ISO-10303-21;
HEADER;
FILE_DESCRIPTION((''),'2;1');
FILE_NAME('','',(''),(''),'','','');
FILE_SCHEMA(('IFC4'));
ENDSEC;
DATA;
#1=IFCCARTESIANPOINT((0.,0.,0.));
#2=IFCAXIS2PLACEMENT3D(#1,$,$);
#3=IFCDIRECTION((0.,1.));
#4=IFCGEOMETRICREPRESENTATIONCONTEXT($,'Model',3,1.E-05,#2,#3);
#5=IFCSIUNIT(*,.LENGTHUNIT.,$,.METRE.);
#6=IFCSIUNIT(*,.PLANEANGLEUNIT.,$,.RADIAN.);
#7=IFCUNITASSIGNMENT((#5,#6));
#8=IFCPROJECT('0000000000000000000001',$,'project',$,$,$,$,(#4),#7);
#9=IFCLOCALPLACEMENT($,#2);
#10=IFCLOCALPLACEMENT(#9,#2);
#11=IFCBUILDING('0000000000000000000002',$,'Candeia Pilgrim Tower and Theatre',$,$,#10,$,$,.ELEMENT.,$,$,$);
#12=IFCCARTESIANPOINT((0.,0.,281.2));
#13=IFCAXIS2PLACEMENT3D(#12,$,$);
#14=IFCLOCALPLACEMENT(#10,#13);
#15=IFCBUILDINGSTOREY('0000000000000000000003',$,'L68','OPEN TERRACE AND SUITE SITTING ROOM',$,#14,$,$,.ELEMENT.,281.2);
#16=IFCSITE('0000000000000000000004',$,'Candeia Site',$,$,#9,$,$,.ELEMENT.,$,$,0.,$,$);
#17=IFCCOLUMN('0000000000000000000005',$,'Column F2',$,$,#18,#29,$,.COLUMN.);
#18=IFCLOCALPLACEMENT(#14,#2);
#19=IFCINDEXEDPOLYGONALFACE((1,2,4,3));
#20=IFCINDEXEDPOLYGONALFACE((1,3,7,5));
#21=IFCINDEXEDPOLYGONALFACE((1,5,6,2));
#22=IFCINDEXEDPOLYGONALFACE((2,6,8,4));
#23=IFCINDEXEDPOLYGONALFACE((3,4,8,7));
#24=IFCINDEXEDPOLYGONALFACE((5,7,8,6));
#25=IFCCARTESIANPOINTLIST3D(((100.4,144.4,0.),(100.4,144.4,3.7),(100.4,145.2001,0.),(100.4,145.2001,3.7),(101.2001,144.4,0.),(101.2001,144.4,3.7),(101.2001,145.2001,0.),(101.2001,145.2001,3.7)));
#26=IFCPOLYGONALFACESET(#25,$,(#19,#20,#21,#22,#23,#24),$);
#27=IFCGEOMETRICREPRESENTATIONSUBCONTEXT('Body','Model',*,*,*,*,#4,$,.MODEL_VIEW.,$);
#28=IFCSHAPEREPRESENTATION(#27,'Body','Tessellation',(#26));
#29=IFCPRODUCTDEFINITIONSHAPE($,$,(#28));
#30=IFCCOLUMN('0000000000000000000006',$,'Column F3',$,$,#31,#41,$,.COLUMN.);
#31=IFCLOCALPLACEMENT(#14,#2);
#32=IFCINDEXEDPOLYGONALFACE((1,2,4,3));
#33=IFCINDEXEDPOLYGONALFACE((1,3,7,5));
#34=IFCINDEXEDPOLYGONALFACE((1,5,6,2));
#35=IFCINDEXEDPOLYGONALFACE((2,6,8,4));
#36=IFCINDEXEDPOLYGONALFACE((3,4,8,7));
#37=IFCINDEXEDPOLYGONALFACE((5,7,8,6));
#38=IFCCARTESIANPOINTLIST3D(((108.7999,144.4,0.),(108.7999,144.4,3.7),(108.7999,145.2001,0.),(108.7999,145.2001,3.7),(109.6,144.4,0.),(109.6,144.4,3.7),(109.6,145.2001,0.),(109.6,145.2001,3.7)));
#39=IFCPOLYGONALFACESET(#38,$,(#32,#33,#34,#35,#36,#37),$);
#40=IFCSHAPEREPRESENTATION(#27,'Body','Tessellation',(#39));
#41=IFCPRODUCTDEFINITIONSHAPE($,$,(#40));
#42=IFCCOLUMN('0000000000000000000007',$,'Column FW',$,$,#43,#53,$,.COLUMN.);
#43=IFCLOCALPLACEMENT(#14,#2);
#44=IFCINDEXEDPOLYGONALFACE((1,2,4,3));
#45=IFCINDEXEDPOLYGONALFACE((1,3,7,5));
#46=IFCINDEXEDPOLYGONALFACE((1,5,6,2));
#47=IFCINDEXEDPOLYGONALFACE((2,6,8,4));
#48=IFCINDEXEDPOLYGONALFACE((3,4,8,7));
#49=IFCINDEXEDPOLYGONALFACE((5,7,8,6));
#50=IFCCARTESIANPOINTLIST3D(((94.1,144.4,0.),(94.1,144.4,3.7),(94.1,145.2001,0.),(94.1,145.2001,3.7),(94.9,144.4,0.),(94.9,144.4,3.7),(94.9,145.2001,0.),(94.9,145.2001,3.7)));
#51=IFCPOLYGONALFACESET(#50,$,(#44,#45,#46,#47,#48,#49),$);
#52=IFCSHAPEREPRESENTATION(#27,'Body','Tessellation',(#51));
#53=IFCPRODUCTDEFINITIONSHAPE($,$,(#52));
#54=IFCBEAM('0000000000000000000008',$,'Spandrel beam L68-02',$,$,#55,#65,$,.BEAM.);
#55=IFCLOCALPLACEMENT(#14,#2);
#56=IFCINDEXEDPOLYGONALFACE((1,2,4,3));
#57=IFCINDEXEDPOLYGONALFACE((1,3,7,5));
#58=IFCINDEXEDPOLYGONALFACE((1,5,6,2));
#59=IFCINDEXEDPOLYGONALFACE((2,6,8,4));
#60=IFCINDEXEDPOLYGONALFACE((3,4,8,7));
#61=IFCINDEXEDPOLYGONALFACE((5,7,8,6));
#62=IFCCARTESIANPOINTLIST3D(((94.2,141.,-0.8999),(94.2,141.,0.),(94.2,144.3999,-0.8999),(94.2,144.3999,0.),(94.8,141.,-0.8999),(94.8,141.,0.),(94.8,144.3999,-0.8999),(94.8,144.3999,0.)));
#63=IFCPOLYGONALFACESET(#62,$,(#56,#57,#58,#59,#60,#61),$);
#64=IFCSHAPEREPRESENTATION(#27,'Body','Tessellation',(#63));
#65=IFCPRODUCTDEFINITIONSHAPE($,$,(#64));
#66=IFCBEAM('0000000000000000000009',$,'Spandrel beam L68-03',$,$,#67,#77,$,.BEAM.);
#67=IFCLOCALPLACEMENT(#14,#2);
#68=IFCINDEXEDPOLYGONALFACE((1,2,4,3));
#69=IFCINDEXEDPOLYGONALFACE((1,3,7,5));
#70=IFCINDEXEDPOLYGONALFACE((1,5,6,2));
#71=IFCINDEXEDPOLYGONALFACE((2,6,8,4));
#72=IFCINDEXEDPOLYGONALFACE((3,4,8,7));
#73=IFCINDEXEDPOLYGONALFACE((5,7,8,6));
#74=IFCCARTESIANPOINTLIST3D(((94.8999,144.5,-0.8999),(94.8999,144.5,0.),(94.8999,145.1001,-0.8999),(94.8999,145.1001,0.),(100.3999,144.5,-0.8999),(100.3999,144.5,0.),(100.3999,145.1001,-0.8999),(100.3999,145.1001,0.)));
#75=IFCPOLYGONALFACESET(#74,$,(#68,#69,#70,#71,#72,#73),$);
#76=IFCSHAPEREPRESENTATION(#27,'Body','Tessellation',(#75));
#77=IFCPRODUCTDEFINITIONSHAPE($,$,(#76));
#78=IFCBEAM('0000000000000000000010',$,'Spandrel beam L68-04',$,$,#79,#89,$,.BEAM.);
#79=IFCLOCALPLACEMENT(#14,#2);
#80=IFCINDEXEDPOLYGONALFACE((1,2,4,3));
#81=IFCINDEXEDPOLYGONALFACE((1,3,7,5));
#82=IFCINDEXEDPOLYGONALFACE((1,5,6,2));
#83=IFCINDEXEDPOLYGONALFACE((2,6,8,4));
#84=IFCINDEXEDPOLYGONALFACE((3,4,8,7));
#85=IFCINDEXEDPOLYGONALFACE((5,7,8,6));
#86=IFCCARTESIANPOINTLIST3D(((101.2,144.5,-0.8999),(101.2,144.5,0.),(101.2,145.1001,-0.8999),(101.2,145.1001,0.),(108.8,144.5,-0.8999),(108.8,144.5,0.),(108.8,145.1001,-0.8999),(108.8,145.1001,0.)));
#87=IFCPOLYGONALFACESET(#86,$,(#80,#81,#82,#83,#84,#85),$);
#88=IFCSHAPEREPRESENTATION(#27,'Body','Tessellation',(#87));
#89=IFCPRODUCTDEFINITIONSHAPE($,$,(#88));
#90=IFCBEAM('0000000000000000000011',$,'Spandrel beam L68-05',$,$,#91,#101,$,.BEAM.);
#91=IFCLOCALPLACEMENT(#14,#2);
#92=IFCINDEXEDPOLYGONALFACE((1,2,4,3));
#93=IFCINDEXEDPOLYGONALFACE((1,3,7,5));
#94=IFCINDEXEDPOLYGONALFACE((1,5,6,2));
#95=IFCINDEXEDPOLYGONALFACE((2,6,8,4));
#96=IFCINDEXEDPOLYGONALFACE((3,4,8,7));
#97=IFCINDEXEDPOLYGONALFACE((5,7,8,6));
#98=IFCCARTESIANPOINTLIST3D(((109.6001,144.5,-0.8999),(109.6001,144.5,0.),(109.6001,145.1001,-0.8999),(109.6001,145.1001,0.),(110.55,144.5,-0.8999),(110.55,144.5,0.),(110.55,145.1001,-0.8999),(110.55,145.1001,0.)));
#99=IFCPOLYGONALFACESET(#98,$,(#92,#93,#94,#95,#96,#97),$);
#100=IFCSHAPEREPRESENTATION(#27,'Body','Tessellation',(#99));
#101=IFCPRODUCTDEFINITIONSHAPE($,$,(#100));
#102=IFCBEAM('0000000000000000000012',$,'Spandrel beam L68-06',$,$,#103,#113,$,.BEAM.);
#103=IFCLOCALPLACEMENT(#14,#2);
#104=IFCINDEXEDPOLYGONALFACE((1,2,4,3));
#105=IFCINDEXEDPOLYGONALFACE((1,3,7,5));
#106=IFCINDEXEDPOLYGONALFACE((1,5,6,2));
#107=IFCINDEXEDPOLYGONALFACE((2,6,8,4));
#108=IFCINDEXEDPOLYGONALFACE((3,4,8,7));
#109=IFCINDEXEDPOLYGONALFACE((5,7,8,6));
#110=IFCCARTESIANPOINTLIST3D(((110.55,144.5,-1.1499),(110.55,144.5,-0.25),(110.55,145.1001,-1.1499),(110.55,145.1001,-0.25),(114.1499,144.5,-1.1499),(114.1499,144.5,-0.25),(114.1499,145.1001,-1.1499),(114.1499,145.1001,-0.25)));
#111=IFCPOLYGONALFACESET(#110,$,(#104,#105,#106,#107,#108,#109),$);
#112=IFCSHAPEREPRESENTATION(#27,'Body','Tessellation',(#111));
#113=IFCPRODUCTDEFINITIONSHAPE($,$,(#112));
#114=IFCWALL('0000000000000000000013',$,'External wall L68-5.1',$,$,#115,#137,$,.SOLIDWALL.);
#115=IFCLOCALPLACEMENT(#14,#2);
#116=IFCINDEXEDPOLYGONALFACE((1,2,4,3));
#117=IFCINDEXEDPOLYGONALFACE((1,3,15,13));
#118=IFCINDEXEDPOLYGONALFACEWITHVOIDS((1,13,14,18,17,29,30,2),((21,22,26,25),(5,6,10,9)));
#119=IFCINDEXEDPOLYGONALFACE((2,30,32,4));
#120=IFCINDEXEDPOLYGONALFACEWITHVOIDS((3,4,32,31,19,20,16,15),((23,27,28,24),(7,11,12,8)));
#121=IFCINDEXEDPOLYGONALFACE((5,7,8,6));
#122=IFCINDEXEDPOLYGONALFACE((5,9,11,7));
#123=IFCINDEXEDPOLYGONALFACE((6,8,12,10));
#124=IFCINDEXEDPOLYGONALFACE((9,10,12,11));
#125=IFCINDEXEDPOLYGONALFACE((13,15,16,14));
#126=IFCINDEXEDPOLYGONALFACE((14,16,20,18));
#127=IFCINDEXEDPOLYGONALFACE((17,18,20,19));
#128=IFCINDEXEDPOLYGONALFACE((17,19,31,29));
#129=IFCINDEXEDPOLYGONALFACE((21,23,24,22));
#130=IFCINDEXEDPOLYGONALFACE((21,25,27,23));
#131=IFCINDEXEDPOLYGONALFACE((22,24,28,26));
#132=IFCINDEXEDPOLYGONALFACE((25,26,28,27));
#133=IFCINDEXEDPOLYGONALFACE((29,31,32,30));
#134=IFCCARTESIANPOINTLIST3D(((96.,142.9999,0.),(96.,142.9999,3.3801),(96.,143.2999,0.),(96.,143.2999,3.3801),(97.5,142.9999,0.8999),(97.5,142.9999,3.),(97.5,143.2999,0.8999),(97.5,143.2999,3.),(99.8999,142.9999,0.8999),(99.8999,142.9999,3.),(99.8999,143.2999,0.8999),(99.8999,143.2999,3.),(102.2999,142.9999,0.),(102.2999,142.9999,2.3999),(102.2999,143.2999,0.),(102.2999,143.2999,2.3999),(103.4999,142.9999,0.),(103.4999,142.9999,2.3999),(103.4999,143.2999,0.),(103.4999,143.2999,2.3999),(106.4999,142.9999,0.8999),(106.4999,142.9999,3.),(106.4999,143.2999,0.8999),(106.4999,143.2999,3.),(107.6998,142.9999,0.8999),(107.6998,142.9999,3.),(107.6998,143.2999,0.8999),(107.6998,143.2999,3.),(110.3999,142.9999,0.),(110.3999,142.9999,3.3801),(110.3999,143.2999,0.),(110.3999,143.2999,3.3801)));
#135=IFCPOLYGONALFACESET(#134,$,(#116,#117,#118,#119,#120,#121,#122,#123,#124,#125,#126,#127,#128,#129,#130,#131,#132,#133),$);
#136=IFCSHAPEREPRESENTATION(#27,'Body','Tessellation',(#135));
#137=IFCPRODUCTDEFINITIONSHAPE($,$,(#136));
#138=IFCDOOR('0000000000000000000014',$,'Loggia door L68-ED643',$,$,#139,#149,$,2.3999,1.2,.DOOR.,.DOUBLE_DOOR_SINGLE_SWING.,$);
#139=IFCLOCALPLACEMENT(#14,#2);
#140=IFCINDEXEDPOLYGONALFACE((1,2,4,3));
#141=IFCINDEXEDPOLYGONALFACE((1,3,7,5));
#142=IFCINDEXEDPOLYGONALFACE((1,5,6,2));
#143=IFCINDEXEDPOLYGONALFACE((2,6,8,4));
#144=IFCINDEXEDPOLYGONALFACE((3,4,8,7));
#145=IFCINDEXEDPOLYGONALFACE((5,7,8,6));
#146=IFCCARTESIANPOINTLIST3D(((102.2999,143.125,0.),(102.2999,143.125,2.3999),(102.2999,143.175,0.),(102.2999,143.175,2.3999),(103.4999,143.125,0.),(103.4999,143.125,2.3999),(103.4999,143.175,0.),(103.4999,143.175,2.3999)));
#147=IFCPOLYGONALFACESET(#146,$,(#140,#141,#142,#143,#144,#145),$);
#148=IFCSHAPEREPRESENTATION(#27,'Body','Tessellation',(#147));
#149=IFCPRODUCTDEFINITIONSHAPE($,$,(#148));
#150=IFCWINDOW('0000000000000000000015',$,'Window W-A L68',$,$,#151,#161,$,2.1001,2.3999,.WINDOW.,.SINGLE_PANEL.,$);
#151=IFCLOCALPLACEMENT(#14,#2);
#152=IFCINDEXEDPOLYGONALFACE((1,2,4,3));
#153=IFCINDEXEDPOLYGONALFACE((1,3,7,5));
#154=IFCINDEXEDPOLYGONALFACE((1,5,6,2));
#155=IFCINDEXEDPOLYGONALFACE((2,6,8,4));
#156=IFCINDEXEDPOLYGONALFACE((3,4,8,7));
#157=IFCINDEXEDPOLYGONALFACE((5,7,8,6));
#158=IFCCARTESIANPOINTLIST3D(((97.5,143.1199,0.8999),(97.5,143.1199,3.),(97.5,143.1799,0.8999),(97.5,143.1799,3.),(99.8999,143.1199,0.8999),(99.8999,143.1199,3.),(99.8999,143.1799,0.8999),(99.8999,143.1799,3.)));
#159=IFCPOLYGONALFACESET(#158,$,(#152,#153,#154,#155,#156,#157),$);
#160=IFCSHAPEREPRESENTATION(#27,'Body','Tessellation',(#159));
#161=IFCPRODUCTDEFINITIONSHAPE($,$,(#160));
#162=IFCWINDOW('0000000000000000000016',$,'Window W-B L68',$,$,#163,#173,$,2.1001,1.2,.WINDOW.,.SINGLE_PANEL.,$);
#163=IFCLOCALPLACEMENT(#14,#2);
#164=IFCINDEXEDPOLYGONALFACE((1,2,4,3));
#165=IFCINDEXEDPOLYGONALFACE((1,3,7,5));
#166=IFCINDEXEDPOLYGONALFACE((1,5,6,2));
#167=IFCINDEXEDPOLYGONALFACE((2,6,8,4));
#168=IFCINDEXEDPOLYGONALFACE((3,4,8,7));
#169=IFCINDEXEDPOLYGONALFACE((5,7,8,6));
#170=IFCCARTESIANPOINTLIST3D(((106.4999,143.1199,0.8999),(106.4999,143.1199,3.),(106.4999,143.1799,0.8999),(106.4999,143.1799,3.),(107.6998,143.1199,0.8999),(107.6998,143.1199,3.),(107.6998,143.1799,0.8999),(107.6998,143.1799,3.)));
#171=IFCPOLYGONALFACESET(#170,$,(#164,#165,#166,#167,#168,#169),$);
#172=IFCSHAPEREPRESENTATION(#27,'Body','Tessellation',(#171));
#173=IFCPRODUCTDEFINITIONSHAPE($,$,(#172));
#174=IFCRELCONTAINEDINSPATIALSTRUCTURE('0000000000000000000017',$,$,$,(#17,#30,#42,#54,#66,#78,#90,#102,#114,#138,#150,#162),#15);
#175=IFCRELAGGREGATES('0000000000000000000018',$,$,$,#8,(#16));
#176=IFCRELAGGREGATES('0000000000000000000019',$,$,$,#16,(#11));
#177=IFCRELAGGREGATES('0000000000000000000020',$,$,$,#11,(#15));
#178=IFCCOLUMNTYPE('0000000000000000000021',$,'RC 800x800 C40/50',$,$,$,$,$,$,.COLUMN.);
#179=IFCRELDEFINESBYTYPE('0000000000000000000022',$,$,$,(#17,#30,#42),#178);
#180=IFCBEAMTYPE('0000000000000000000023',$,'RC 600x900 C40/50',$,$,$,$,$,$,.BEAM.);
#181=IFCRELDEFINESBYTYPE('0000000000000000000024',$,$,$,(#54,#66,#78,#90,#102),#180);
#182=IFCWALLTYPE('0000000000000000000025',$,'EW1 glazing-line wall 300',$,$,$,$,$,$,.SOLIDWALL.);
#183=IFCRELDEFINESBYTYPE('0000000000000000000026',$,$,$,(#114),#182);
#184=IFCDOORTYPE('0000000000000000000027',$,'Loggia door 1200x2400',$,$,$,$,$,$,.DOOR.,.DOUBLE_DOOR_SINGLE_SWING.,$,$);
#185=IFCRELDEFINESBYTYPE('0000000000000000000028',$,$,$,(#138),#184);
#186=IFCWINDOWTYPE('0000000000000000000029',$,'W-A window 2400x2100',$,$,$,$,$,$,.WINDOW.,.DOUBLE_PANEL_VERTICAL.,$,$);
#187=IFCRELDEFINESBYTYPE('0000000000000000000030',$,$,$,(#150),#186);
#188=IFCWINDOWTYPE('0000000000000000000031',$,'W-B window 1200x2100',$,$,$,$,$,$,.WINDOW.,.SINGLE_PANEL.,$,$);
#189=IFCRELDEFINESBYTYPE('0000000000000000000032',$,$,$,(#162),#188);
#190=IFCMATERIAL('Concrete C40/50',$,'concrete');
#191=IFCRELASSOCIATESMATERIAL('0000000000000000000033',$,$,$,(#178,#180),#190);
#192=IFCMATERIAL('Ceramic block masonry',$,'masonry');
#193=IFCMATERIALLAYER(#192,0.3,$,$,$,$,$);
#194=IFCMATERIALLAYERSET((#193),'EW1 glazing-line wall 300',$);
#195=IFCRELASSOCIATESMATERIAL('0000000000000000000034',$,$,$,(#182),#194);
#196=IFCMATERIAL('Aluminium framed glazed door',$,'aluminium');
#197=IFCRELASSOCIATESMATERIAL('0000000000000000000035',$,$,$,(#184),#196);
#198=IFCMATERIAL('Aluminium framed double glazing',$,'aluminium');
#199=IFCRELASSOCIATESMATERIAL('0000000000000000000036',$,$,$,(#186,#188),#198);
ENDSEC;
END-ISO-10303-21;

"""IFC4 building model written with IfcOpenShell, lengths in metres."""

from ifc_helpers import new_model, si_unit, direction, frame, frame_2d, origin, origin_2d, place, context, subcontext, project, spatial, rectangle, extrude, material, layer, layer_set, material_profile, profile_set, type_object, element, fill, save


model = new_model("IFC4")

# Units and contexts
model_context = context("Model", 3, precision=1e-05, world=origin(), true_north=direction((0.0, 1.0)))
body_context = subcontext(model_context, "Body", "Model", "MODEL_VIEW")
ifc_project = project(units=[si_unit("LENGTHUNIT", "METRE"), si_unit("PLANEANGLEUNIT", "RADIAN")], contexts=[model_context])

# Site, building, storey
site_placement = place(None, origin())
site = spatial("IfcSite", under=ifc_project, at=site_placement, Name="Candeia Site", CompositionType="ELEMENT", RefElevation=0.0)
building_placement = place(site_placement, origin())
building = spatial("IfcBuilding", under=site, at=building_placement, Name="Candeia Pilgrim Tower and Theatre", CompositionType="ELEMENT")
storey_placement = place(building_placement, frame((0.0, 0.0, 281.2)))
storey = spatial("IfcBuildingStorey", under=building, at=storey_placement, Name="L68", Description="OPEN TERRACE AND SUITE SITTING ROOM", CompositionType="ELEMENT", Elevation=281.2)

# Columns
ifc_material_1 = material(Name="Concrete C40/50", Category="concrete")
ifc_material_profile_1 = material_profile(ifc_material_1, rectangle(XDim=0.8, YDim=0.8, at=origin_2d()))
ifc_profile_set_1 = profile_set([ifc_material_profile_1], Name="Concrete C40/50")
column_type = type_object("IfcColumnType", Name="RC 800x800 C40/50", PredefinedType="COLUMN", material=ifc_profile_set_1)
for number, where, z_axis, x_axis, name in (
    (1, (100.8, 144.8, 0.0), (0.0, 0.0, 1.0), (1.0, 0.0, 0.0), "Column F2"),
    (2, (109.2, 144.8, 0.0), (0.0, 0.0, 1.0), (1.0, 0.0, 0.0), "Column F3"),
    (3, (94.5, 144.8, 0.0), (0.0, 0.0, 1.0), (1.0, 0.0, 0.0), "Column FW"),
):
    element("IfcColumn", number, at=place(storey_placement, frame(where, z_axis=z_axis, x_axis=x_axis)), inside=storey, type_object=column_type, Name=name, PredefinedType="COLUMN", context=body_context, shape_type="SweptSolid", body=[
        extrude(rectangle(XDim=0.8, YDim=0.8, at=origin_2d()), origin(), (0.0, 0.0, 1.0), 3.7),
    ])

# Beams
ifc_material_profile_2 = material_profile(ifc_material_1, rectangle(XDim=0.6001, YDim=0.8999, at=origin_2d()))
ifc_profile_set_2 = profile_set([ifc_material_profile_2], Name="Concrete C40/50")
beam_type = type_object("IfcBeamType", Name="RC 600x900 C40/50", PredefinedType="BEAM", material=ifc_profile_set_2)
beam_1_placement = place(storey_placement, frame((94.5, 141.0, -0.45), z_axis=(0.0, 1.0, 0.0), x_axis=(-1.0, 0.0, 0.0)))
element("IfcBeam", 4, at=beam_1_placement, inside=storey, type_object=beam_type, Name="Spandrel beam L68-02", PredefinedType="BEAM", context=body_context, shape_type="SweptSolid", body=[
    extrude(rectangle(XDim=0.6001, YDim=0.8999, at=origin_2d()), origin(), (0.0, 0.0, 1.0), 3.3999),
])
beam_2_placement = place(storey_placement, frame((94.8999, 144.8, -0.45), z_axis=(1.0, 0.0, 0.0), x_axis=(0.0, 1.0, 0.0)))
element("IfcBeam", 5, at=beam_2_placement, inside=storey, type_object=beam_type, Name="Spandrel beam L68-03", PredefinedType="BEAM", context=body_context, shape_type="SweptSolid", body=[
    extrude(rectangle(XDim=0.6001, YDim=0.8999, at=origin_2d()), origin(), (0.0, 0.0, 1.0), 5.5),
])
beam_3_placement = place(storey_placement, frame((101.2, 144.8, -0.45), z_axis=(1.0, 0.0, 0.0), x_axis=(0.0, 1.0, 0.0)))
element("IfcBeam", 6, at=beam_3_placement, inside=storey, type_object=beam_type, Name="Spandrel beam L68-04", PredefinedType="BEAM", context=body_context, shape_type="SweptSolid", body=[
    extrude(rectangle(XDim=0.6001, YDim=0.8999, at=origin_2d()), origin(), (0.0, 0.0, 1.0), 7.6001),
])
beam_4_placement = place(storey_placement, frame((109.6001, 144.8, -0.45), z_axis=(1.0, 0.0, 0.0), x_axis=(0.0, 1.0, 0.0)))
element("IfcBeam", 7, at=beam_4_placement, inside=storey, type_object=beam_type, Name="Spandrel beam L68-05", PredefinedType="BEAM", context=body_context, shape_type="SweptSolid", body=[
    extrude(rectangle(XDim=0.6001, YDim=0.8999, at=origin_2d()), origin(), (0.0, 0.0, 1.0), 0.95),
])
beam_5_placement = place(storey_placement, frame((110.55, 144.8, -0.7), z_axis=(1.0, 0.0, 0.0), x_axis=(0.0, 1.0, 0.0)))
element("IfcBeam", 8, at=beam_5_placement, inside=storey, type_object=beam_type, Name="Spandrel beam L68-06", PredefinedType="BEAM", context=body_context, shape_type="SweptSolid", body=[
    extrude(rectangle(XDim=0.6001, YDim=0.8999, at=origin_2d()), origin(), (0.0, 0.0, 1.0), 3.5999),
])

# Wall, openings, door, windows
ifc_material_2 = material(Name="Ceramic block masonry", Category="masonry")
ifc_layer_1 = layer(ifc_material_2, 0.3)
ifc_layer_set_1 = layer_set([ifc_layer_1], Name="EW1 glazing-line wall 300")
wall_type_1 = type_object("IfcWallType", Name="EW1 glazing-line wall 300", PredefinedType="SOLIDWALL", material=ifc_layer_set_1)
wall_1_placement = place(storey_placement, frame((110.3999, 143.1499, 0.0), z_axis=(0.0, 0.0, 1.0), x_axis=(-1.0, 0.0, 0.0)))
wall_1 = element("IfcWall", 9, at=wall_1_placement, inside=storey, type_object=wall_type_1, Name="External wall L68-5.1", PredefinedType="SOLIDWALL", context=body_context, shape_type="SweptSolid", body=[
    extrude(rectangle(XDim=14.3999, YDim=0.3, at=frame_2d((7.2, 0.0))), origin(), (0.0, 0.0, 1.0), 3.3801),
])
opening_1_placement = place(wall_1_placement, frame((2.7, 0.0, 0.8999)))
opening_1 = element("IfcOpeningElement", 10, at=opening_1_placement, cuts=wall_1, PredefinedType="OPENING", context=body_context, shape_type="SweptSolid", body=[
    extrude(rectangle(XDim=1.2, YDim=2.1001, at=frame_2d((0.6001, 1.05))), frame((0.0, 0.1602, 0.0), z_axis=(0.0, -1.0, 0.0), x_axis=(1.0, 0.0, 0.0)), (0.0, 0.0, 1.0), 0.3201),
])
opening_2_placement = place(wall_1_placement, frame((6.8999, 0.0, 0.0)))
opening_2 = element("IfcOpeningElement", 11, at=opening_2_placement, cuts=wall_1, PredefinedType="OPENING", context=body_context, shape_type="SweptSolid", body=[
    extrude(rectangle(XDim=1.2, YDim=2.3999, at=frame_2d((0.6001, 1.2))), frame((0.0, 0.1602, 0.0), z_axis=(0.0, -1.0, 0.0), x_axis=(1.0, 0.0, 0.0)), (0.0, 0.0, 1.0), 0.3201),
])
opening_3_placement = place(wall_1_placement, frame((10.5, 0.0, 0.8999)))
opening_3 = element("IfcOpeningElement", 12, at=opening_3_placement, cuts=wall_1, PredefinedType="OPENING", context=body_context, shape_type="SweptSolid", body=[
    extrude(rectangle(XDim=2.3999, YDim=2.1001, at=frame_2d((1.2, 1.05))), frame((0.0, 0.1602, 0.0), z_axis=(0.0, -1.0, 0.0), x_axis=(1.0, 0.0, 0.0)), (0.0, 0.0, 1.0), 0.3201),
])
ifc_material_3 = material(Name="Aluminium framed glazed door", Category="aluminium")
door_type = type_object("IfcDoorType", Name="Loggia door 1200x2400", OperationType="DOUBLE_DOOR_SINGLE_SWING", PredefinedType="DOOR", material=ifc_material_3)
door_placement = place(opening_2_placement, origin())
door = element("IfcDoor", 13, at=door_placement, inside=storey, type_object=door_type, Name="Loggia door L68-ED643", OperationType="DOUBLE_DOOR_SINGLE_SWING", OverallHeight=2.3999, OverallWidth=1.2, PredefinedType="DOOR", context=body_context, shape_type="SweptSolid", body=[
    extrude(rectangle(XDim=1.2, YDim=2.3999, at=frame_2d((0.6001, 1.2))), frame((0.0, 0.0249, 0.0), z_axis=(0.0, -1.0, 0.0), x_axis=(1.0, 0.0, 0.0)), (0.0, 0.0, 1.0), 0.05),
])
fill(opening_2, door)
ifc_material_4 = material(Name="Aluminium framed double glazing", Category="aluminium")
window_type_1 = type_object("IfcWindowType", Name="W-A window 2400x2100", PartitioningType="DOUBLE_PANEL_VERTICAL", PredefinedType="WINDOW", material=ifc_material_4)
window_1_placement = place(opening_3_placement, origin())
window_1 = element("IfcWindow", 14, at=window_1_placement, inside=storey, type_object=window_type_1, Name="Window W-A L68", OverallHeight=2.1001, OverallWidth=2.3999, PartitioningType="SINGLE_PANEL", PredefinedType="WINDOW", context=body_context, shape_type="SweptSolid", body=[
    extrude(rectangle(XDim=2.3999, YDim=2.1001, at=frame_2d((1.2, 1.05))), frame((0.0, 0.03, 0.0), z_axis=(0.0, -1.0, 0.0), x_axis=(1.0, 0.0, 0.0)), (0.0, 0.0, 1.0), 0.0601),
])
fill(opening_3, window_1)
window_type_2 = type_object("IfcWindowType", Name="W-B window 1200x2100", PartitioningType="SINGLE_PANEL", PredefinedType="WINDOW", material=ifc_material_4)
window_2_placement = place(opening_1_placement, origin())
window_2 = element("IfcWindow", 15, at=window_2_placement, inside=storey, type_object=window_type_2, Name="Window W-B L68", OverallHeight=2.1001, OverallWidth=1.2, PartitioningType="SINGLE_PANEL", PredefinedType="WINDOW", context=body_context, shape_type="SweptSolid", body=[
    extrude(rectangle(XDim=1.2, YDim=2.1001, at=frame_2d((0.6001, 1.05))), frame((0.0, 0.03, 0.0), z_axis=(0.0, -1.0, 0.0), x_axis=(1.0, 0.0, 0.0)), (0.0, 0.0, 1.0), 0.0601),
])
fill(opening_1, window_2)

save(model, "model.ifc")
